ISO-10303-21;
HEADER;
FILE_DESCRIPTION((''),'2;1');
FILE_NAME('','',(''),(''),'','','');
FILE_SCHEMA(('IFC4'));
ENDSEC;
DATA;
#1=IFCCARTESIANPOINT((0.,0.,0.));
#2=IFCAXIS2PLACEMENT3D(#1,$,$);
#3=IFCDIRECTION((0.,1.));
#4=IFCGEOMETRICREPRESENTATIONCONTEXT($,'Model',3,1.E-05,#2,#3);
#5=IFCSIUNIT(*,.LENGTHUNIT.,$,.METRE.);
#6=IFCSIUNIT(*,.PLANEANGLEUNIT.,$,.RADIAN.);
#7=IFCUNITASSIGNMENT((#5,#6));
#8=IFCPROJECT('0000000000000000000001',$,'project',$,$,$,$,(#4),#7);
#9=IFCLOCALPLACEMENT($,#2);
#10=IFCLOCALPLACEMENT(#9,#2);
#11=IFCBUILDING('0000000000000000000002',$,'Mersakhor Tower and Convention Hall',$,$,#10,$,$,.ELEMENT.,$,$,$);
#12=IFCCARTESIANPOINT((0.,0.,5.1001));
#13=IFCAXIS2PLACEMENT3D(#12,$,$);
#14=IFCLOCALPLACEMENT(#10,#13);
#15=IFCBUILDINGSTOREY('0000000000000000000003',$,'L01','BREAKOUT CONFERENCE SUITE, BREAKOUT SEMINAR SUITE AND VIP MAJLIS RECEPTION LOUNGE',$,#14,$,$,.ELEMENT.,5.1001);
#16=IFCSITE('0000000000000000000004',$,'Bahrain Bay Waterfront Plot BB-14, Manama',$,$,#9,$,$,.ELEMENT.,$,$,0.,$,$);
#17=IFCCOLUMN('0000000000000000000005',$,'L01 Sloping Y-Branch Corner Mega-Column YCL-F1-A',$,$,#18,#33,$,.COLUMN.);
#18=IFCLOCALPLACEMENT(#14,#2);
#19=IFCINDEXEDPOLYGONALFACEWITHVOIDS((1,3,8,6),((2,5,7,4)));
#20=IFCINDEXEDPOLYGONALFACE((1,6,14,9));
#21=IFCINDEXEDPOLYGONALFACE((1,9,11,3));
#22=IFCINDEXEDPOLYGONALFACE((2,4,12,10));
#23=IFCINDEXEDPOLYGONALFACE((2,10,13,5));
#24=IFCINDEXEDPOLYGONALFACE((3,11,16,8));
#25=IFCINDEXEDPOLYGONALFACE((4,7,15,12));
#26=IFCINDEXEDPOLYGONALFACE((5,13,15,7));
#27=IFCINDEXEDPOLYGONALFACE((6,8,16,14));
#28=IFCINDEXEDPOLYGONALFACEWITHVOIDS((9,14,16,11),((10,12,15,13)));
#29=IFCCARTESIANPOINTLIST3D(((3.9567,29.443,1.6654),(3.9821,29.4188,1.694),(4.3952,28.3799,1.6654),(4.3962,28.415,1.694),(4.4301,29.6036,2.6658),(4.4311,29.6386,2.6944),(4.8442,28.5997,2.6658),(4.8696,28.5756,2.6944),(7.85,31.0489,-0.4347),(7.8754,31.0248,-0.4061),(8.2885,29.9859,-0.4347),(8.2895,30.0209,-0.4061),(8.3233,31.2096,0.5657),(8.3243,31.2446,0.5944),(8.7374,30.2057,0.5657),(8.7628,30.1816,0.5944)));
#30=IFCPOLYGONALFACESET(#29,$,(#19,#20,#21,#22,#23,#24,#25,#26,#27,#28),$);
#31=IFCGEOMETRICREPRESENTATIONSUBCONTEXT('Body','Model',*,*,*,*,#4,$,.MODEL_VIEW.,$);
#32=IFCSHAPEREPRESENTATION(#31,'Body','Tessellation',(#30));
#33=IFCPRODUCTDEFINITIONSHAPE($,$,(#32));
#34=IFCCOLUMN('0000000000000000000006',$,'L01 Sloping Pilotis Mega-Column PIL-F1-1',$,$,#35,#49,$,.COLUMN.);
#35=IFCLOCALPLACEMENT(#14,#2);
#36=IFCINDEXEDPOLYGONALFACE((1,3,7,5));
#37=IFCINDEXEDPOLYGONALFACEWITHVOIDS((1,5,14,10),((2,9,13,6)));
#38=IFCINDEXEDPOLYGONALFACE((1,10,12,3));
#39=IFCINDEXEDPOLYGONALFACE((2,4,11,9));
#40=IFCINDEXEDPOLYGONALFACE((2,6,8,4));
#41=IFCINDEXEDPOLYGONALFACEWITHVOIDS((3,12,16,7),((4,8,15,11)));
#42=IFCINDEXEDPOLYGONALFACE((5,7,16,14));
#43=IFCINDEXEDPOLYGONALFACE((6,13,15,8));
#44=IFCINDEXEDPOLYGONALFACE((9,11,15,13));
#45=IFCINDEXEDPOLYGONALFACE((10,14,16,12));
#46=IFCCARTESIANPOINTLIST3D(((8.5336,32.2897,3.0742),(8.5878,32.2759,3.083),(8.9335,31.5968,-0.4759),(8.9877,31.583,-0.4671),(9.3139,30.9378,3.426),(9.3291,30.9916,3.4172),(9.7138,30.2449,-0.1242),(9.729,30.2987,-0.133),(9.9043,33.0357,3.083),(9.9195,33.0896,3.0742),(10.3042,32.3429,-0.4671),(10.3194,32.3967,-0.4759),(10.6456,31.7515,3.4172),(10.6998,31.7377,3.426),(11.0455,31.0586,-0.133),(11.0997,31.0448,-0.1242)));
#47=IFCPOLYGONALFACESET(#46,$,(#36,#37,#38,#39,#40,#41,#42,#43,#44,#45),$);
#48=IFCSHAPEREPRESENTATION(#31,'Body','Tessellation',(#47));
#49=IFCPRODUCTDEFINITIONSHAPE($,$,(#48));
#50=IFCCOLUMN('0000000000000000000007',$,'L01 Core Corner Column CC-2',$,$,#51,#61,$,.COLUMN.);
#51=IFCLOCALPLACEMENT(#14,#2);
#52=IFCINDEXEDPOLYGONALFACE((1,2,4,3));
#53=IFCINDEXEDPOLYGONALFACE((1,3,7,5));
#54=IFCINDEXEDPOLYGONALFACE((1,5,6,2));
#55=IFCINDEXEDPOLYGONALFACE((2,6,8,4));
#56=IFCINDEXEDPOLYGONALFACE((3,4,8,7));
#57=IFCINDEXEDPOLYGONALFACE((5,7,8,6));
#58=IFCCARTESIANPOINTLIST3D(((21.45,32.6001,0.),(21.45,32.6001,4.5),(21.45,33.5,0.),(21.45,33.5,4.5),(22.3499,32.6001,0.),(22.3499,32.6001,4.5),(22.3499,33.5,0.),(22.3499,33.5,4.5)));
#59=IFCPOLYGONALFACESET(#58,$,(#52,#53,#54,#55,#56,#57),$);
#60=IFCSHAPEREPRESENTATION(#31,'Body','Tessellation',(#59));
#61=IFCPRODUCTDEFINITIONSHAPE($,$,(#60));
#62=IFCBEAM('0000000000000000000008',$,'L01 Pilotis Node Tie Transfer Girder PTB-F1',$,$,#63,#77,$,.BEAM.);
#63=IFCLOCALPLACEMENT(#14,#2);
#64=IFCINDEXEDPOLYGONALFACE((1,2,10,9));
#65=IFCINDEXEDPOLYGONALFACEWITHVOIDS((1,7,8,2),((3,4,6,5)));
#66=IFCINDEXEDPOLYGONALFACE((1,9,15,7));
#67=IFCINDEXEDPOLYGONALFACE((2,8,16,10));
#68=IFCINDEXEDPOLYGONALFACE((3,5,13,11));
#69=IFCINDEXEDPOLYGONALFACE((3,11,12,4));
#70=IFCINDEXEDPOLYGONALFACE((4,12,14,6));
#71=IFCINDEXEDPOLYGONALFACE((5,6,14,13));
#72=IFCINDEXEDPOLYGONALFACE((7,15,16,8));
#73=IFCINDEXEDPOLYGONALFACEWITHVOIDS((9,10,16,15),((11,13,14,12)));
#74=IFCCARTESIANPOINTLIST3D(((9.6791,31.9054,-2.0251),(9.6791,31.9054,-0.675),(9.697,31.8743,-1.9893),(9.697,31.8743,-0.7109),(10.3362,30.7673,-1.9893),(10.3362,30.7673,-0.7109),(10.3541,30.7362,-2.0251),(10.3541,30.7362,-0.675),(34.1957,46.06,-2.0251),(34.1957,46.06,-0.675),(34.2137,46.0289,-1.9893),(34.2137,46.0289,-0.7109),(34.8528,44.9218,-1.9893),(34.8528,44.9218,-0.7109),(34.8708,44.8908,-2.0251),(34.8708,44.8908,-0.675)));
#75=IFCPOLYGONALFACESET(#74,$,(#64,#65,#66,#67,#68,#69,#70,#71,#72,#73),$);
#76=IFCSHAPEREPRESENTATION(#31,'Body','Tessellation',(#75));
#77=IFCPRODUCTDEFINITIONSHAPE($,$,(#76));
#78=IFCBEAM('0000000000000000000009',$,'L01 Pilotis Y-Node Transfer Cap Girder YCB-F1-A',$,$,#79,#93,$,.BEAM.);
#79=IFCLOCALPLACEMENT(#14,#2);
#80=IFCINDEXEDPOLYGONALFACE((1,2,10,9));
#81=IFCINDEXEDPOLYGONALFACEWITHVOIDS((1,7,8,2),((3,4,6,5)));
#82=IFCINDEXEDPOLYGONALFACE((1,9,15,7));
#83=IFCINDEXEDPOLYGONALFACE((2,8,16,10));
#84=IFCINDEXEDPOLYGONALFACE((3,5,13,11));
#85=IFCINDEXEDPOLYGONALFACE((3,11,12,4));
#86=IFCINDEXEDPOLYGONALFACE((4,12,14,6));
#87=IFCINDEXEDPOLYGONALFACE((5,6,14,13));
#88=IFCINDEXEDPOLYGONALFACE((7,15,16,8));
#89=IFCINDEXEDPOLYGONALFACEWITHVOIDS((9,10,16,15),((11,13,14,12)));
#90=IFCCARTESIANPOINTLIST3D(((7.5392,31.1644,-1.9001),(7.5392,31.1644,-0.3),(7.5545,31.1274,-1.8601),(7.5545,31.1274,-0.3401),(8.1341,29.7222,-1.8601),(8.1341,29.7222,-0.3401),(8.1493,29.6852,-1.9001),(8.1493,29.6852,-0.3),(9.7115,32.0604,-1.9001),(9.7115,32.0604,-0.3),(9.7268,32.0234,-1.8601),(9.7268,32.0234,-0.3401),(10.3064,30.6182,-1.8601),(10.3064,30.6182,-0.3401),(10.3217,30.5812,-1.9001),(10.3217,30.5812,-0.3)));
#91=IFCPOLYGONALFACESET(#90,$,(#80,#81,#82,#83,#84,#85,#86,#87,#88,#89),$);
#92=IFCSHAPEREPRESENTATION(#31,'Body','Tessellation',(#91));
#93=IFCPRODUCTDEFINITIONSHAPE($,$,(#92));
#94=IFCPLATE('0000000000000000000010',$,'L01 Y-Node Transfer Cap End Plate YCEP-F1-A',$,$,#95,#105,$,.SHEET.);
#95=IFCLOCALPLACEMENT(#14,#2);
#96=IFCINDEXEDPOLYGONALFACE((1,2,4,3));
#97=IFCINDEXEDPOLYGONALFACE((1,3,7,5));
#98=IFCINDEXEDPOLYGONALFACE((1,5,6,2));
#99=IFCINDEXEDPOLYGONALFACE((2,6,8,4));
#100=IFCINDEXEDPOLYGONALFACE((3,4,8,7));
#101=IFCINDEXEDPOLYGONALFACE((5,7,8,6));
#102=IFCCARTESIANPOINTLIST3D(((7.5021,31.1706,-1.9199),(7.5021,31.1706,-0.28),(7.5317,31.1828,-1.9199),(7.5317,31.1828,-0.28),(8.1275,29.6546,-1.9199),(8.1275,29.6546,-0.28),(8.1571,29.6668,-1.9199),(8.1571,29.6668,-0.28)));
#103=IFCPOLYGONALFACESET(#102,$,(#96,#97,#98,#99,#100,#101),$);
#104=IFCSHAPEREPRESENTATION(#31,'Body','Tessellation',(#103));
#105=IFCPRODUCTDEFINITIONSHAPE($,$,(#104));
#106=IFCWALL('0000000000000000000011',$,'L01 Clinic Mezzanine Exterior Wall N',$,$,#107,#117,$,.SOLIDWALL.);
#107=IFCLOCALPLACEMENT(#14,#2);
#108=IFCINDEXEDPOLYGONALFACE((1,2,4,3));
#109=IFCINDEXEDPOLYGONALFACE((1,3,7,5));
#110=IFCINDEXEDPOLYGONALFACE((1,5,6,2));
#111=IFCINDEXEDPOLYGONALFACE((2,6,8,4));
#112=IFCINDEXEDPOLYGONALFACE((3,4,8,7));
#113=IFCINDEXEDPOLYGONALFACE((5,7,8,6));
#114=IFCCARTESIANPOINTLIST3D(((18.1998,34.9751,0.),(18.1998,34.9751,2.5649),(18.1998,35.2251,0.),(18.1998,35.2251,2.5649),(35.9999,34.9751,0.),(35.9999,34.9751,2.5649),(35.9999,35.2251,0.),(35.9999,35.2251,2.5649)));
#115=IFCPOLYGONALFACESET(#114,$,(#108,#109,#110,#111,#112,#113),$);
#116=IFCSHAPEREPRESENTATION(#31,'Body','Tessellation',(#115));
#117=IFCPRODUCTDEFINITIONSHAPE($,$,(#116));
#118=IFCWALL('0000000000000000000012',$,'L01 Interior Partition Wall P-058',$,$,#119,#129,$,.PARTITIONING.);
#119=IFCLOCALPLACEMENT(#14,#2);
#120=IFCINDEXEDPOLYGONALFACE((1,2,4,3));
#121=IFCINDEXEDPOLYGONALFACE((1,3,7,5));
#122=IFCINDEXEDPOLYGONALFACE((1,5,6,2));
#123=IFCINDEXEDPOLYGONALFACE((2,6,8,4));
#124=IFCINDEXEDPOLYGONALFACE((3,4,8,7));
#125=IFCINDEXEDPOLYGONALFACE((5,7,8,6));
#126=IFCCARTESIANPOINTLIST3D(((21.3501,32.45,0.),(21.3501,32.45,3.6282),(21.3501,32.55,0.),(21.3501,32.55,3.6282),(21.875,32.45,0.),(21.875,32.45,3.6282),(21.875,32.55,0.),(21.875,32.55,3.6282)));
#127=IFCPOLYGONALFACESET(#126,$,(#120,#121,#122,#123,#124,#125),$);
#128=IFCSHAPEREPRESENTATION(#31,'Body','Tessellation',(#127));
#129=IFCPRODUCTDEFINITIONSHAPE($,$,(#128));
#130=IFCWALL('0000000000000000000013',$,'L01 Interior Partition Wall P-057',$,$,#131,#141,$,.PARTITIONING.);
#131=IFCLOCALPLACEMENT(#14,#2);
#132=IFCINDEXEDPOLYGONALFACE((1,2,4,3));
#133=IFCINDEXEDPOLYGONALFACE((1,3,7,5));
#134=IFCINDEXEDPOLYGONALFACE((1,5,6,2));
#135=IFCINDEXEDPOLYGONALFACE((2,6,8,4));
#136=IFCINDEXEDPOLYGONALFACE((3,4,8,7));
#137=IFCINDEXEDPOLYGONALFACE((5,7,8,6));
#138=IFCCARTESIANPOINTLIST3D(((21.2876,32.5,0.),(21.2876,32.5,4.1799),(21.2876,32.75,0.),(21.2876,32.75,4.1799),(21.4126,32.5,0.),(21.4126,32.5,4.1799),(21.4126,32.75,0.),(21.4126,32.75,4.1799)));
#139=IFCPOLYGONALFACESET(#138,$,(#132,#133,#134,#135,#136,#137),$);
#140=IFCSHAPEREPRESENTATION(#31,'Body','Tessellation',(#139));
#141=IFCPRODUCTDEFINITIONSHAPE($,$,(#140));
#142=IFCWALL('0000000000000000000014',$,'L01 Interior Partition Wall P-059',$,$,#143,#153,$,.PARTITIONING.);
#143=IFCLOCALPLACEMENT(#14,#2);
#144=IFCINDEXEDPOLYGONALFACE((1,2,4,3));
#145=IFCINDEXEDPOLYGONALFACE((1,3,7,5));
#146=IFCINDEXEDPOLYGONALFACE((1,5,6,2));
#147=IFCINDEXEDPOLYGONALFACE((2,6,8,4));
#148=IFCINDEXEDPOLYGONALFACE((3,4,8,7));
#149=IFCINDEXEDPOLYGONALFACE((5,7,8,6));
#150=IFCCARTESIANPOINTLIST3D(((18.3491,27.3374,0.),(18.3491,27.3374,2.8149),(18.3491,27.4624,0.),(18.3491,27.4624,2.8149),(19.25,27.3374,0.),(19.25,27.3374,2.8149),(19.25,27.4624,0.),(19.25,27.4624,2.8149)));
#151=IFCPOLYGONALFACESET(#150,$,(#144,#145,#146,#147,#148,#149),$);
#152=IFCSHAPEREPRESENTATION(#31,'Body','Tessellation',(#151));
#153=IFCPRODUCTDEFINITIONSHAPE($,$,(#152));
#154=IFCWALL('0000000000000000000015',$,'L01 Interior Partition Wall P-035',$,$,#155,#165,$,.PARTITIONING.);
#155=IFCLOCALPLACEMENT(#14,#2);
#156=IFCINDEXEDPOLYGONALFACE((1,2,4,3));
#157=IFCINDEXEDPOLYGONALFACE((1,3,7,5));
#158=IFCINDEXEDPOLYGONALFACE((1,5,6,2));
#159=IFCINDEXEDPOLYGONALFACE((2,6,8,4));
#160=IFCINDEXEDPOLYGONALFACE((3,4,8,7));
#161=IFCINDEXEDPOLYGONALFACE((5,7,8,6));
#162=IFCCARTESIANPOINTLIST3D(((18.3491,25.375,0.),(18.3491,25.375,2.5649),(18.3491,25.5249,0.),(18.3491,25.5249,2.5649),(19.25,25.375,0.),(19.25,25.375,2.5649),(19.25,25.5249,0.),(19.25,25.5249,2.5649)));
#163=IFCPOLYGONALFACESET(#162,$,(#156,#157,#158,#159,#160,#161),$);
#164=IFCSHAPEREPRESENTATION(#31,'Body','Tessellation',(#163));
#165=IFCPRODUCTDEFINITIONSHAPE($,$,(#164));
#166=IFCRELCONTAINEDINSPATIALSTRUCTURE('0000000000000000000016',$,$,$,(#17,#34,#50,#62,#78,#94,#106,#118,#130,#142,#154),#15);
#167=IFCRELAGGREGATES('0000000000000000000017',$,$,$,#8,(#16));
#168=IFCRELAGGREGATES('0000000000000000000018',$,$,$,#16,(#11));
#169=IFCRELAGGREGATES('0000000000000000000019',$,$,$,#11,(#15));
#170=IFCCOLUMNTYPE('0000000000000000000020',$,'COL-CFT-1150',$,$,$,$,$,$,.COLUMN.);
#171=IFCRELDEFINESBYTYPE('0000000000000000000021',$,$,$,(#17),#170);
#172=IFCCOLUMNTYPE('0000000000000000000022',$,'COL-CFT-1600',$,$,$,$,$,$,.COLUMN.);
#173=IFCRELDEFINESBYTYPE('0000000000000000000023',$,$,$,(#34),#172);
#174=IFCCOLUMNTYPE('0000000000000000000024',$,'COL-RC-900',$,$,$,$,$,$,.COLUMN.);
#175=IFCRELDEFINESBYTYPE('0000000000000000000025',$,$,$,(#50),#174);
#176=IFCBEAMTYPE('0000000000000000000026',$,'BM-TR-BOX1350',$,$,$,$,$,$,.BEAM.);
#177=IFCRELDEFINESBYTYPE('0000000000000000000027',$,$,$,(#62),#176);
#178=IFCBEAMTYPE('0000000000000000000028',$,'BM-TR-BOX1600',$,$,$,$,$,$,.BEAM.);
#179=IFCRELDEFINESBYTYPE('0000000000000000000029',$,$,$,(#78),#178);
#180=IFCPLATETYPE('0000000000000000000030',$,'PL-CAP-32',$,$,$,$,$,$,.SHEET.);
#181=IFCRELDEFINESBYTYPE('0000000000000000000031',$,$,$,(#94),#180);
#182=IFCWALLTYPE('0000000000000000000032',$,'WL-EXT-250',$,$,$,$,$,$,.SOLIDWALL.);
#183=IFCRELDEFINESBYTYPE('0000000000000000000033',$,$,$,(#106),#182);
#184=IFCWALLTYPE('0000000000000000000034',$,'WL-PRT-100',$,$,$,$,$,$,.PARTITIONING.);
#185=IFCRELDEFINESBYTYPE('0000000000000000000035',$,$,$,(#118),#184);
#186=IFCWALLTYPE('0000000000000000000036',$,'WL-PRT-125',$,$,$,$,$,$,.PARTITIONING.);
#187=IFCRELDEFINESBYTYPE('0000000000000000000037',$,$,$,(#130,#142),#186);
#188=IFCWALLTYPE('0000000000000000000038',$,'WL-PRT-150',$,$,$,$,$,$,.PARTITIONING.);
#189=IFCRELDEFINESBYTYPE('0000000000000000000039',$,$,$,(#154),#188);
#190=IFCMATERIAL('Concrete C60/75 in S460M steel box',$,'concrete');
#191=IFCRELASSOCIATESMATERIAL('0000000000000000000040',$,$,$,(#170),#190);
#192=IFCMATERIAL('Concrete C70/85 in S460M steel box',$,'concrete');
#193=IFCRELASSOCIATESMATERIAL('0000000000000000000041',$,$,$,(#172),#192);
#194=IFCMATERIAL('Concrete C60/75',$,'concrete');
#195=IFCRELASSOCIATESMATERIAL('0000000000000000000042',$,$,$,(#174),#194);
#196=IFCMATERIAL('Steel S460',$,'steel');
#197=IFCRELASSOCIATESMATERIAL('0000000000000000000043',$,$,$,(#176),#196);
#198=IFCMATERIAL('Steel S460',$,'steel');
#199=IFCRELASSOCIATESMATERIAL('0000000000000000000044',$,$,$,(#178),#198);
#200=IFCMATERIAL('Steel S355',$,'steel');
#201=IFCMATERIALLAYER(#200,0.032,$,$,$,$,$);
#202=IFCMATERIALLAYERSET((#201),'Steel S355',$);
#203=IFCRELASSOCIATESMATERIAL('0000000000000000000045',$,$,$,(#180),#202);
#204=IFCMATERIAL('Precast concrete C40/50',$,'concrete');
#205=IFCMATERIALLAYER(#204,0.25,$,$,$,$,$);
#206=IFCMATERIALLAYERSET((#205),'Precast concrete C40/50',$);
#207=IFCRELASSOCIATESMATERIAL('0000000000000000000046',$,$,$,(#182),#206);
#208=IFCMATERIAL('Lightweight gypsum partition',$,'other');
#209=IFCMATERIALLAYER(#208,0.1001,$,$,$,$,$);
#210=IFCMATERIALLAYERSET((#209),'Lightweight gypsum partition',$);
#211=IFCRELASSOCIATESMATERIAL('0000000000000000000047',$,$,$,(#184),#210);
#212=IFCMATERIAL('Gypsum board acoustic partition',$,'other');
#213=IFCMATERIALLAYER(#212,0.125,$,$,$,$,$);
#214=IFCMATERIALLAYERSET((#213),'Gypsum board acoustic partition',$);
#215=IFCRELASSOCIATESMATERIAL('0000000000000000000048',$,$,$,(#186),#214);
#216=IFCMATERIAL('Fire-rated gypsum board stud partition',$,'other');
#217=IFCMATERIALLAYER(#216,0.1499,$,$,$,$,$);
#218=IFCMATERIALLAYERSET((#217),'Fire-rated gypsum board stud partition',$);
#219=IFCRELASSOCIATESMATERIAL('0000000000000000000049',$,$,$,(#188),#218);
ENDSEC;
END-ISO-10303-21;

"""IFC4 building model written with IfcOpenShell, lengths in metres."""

from ifc_helpers import new_model, si_unit, direction, frame, frame_2d, origin, origin_2d, place, context, subcontext, project, spatial, rectangle, hollow_rectangle, extrude, material, layer, layer_set, material_profile, profile_set, type_object, element, save


model = new_model("IFC4")

# Units and contexts
model_context = context("Model", 3, precision=1e-05, world=origin(), true_north=direction((0.0, 1.0)))
body_context = subcontext(model_context, "Body", "Model", "MODEL_VIEW")
ifc_project = project(units=[si_unit("LENGTHUNIT", "METRE"), si_unit("PLANEANGLEUNIT", "RADIAN")], contexts=[model_context])

# Site, building, storey
site_placement = place(None, origin())
site = spatial("IfcSite", under=ifc_project, at=site_placement, Name="Bahrain Bay Waterfront Plot BB-14, Manama", CompositionType="ELEMENT", RefElevation=0.0)
building_placement = place(site_placement, origin())
building = spatial("IfcBuilding", under=site, at=building_placement, Name="Mersakhor Tower and Convention Hall", CompositionType="ELEMENT")
storey_placement = place(building_placement, frame((0.0, 0.0, 5.1001)))
storey = spatial("IfcBuildingStorey", under=building, at=storey_placement, Name="L01", Description="BREAKOUT CONFERENCE SUITE, BREAKOUT SEMINAR SUITE AND VIP MAJLIS RECEPTION LOUNGE", CompositionType="ELEMENT", Elevation=5.1001)

# Columns
ifc_material_1 = material(Name="Concrete C60/75 in S460M steel box", Category="concrete")
ifc_material_profile_1 = material_profile(ifc_material_1, hollow_rectangle(XDim=1.1499, YDim=1.1499, WallThickness=0.032, at=origin_2d()), Name="SHS 1150x1150x32")
ifc_profile_set_1 = profile_set([ifc_material_profile_1], Name="Concrete C60/75 in S460M steel box")
column_type_1 = type_object("IfcColumnType", Name="COL-CFT-1150", PredefinedType="COLUMN", material=ifc_profile_set_1)
column_1_placement = place(storey_placement, frame((8.3064, 30.6152, 0.0798), z_axis=(-0.82729, -0.34125, 0.44625), x_axis=(0.381324, -0.924441, 0.0)))
element("IfcColumn", 1, at=column_1_placement, inside=storey, type_object=column_type_1, Name="L01 Sloping Y-Branch Corner Mega-Column YCL-F1-A", PredefinedType="COLUMN", context=body_context, shape_type="SweptSolid", body=[
    extrude(hollow_rectangle(XDim=1.1499, YDim=1.1499, WallThickness=0.032, at=origin_2d()), origin(), (0.0, 0.0, 1.0), 4.7061),
])
ifc_material_2 = material(Name="Concrete C70/85 in S460M steel box", Category="concrete")
ifc_material_profile_2 = material_profile(ifc_material_2, hollow_rectangle(XDim=1.6001, YDim=1.6001, WallThickness=0.04, at=origin_2d()), Name="SHS 1600x1600x40")
ifc_profile_set_2 = profile_set([ifc_material_profile_2], Name="Concrete C70/85 in S460M steel box")
column_type_2 = type_object("IfcColumnType", Name="COL-CFT-1600", PredefinedType="COLUMN", material=ifc_profile_set_2)
column_2_placement = place(storey_placement, frame((10.0166, 31.3208, -0.3), z_axis=(-0.109891, 0.190398, 0.975537), x_axis=(-0.866094, -0.499881, 0.0)))
element("IfcColumn", 2, at=column_2_placement, inside=storey, type_object=column_type_2, Name="L01 Sloping Pilotis Mega-Column PIL-F1-1", PredefinedType="COLUMN", context=body_context, shape_type="SweptSolid", body=[
    extrude(hollow_rectangle(XDim=1.6001, YDim=1.6001, WallThickness=0.04, at=origin_2d()), origin(), (0.0, 0.0, 1.0), 3.6392),
])
ifc_material_3 = material(Name="Concrete C60/75", Category="concrete")
ifc_material_profile_3 = material_profile(ifc_material_3, rectangle(XDim=0.8999, YDim=0.8999, at=origin_2d()), Name="RC 900x900")
ifc_profile_set_3 = profile_set([ifc_material_profile_3], Name="Concrete C60/75")
column_type_3 = type_object("IfcColumnType", Name="COL-RC-900", PredefinedType="COLUMN", material=ifc_profile_set_3)
column_3_placement = place(storey_placement, frame((21.8999, 33.05, 0.0), z_axis=(0.0, 0.0, 1.0), x_axis=(1.0, 0.0, 0.0)))
element("IfcColumn", 3, at=column_3_placement, inside=storey, type_object=column_type_3, Name="L01 Core Corner Column CC-2", PredefinedType="COLUMN", context=body_context, shape_type="SweptSolid", body=[
    extrude(rectangle(XDim=0.8999, YDim=0.8999, at=origin_2d()), origin(), (0.0, 0.0, 1.0), 4.5),
])

# Beams
ifc_material_4 = material(Name="Steel S460", Category="steel")
ifc_material_profile_4 = material_profile(ifc_material_4, hollow_rectangle(XDim=1.3501, YDim=1.3501, WallThickness=0.0359, at=origin_2d()), Name="SHS 1350x1350x36")
ifc_profile_set_4 = profile_set([ifc_material_profile_4], Name="Steel S460")
beam_type_1 = type_object("IfcBeamType", Name="BM-TR-BOX1350", PredefinedType="BEAM", material=ifc_profile_set_4)
beam_1_placement = place(storey_placement, frame((10.0166, 31.3208, -1.3501), z_axis=(0.866027, 0.499997, 0.0), x_axis=(-0.499997, 0.866027, 0.0)))
element("IfcBeam", 4, at=beam_1_placement, inside=storey, type_object=beam_type_1, Name="L01 Pilotis Node Tie Transfer Girder PTB-F1", PredefinedType="BEAM", context=body_context, shape_type="SweptSolid", body=[
    extrude(hollow_rectangle(XDim=1.3501, YDim=1.3501, WallThickness=0.0359, at=origin_2d()), origin(), (0.0, 0.0, 1.0), 28.3093),
])
ifc_material_5 = material(Name="Steel S460", Category="steel")
ifc_material_profile_5 = material_profile(ifc_material_5, hollow_rectangle(XDim=1.6001, YDim=1.6001, WallThickness=0.04, at=origin_2d()), Name="SHS 1600x1600x40")
ifc_profile_set_5 = profile_set([ifc_material_profile_5], Name="Steel S460")
beam_type_2 = type_object("IfcBeamType", Name="BM-TR-BOX1600", PredefinedType="BEAM", material=ifc_profile_set_5)
beam_2_placement = place(storey_placement, frame((10.0166, 31.3208, -1.1001), z_axis=(-0.924454, -0.381293, 0.0), x_axis=(0.381293, -0.924454, 0.0)))
element("IfcBeam", 5, at=beam_2_placement, inside=storey, type_object=beam_type_2, Name="L01 Pilotis Y-Node Transfer Cap Girder YCB-F1-A", PredefinedType="BEAM", context=body_context, shape_type="SweptSolid", body=[
    extrude(hollow_rectangle(XDim=1.6001, YDim=1.6001, WallThickness=0.04, at=origin_2d()), origin(), (0.0, 0.0, 1.0), 2.3499),
])

# Plate
ifc_material_6 = material(Name="Steel S355", Category="steel")
ifc_layer_1 = layer(ifc_material_6, 0.032)
ifc_layer_set_1 = layer_set([ifc_layer_1], Name="Steel S355")
plate_type = type_object("IfcPlateType", Name="PL-CAP-32", PredefinedType="SHEET", material=ifc_layer_set_1)
plate_placement = place(storey_placement, frame((7.8296, 30.4187, -1.9199), z_axis=(0.0, 0.0, 1.0), x_axis=(-0.924413, -0.381393, 0.0)))
element("IfcPlate", 6, at=plate_placement, inside=storey, type_object=plate_type, Name="L01 Y-Node Transfer Cap End Plate YCEP-F1-A", PredefinedType="SHEET", context=body_context, shape_type="SweptSolid", body=[
    extrude(rectangle(XDim=0.032, YDim=1.6399, at=origin_2d()), origin(), (0.0, 0.0, 1.0), 1.6399),
])

# Walls
ifc_material_7 = material(Name="Precast concrete C40/50", Category="concrete")
ifc_layer_2 = layer(ifc_material_7, 0.25)
ifc_layer_set_2 = layer_set([ifc_layer_2], Name="Precast concrete C40/50")
wall_type_1 = type_object("IfcWallType", Name="WL-EXT-250", PredefinedType="SOLIDWALL", material=ifc_layer_set_2)
wall_1_placement = place(storey_placement, frame((18.2, 35.1001, 0.0), z_axis=(0.0, 0.0, 1.0), x_axis=(1.0, 0.0, 0.0)))
element("IfcWall", 7, at=wall_1_placement, inside=storey, type_object=wall_type_1, Name="L01 Clinic Mezzanine Exterior Wall N", PredefinedType="SOLIDWALL", context=body_context, shape_type="SweptSolid", body=[
    extrude(rectangle(XDim=17.8, YDim=0.25, at=frame_2d((8.8999, 0.0))), origin(), (0.0, 0.0, 1.0), 2.5649),
])
ifc_material_8 = material(Name="Lightweight gypsum partition", Category="other")
ifc_layer_3 = layer(ifc_material_8, 0.1001)
ifc_layer_set_3 = layer_set([ifc_layer_3], Name="Lightweight gypsum partition")
wall_type_2 = type_object("IfcWallType", Name="WL-PRT-100", PredefinedType="PARTITIONING", material=ifc_layer_set_3)
wall_2_placement = place(storey_placement, frame((21.3501, 32.5, 0.0), z_axis=(0.0, 0.0, 1.0), x_axis=(1.0, 0.0, 0.0)))
element("IfcWall", 8, at=wall_2_placement, inside=storey, type_object=wall_type_2, Name="L01 Interior Partition Wall P-058", PredefinedType="PARTITIONING", context=body_context, shape_type="SweptSolid", body=[
    extrude(rectangle(XDim=0.5249, YDim=0.1001, at=frame_2d((0.2625, 0.0))), origin(), (0.0, 0.0, 1.0), 3.6282),
])
ifc_material_9 = material(Name="Gypsum board acoustic partition", Category="other")
ifc_layer_4 = layer(ifc_material_9, 0.125)
ifc_layer_set_4 = layer_set([ifc_layer_4], Name="Gypsum board acoustic partition")
wall_type_3 = type_object("IfcWallType", Name="WL-PRT-125", PredefinedType="PARTITIONING", material=ifc_layer_set_4)
wall_3_placement = place(storey_placement, frame((21.3501, 32.75, 0.0), z_axis=(0.0, 0.0, 1.0), x_axis=(0.0, -1.0, 0.0)))
element("IfcWall", 9, at=wall_3_placement, inside=storey, type_object=wall_type_3, Name="L01 Interior Partition Wall P-057", PredefinedType="PARTITIONING", context=body_context, shape_type="SweptSolid", body=[
    extrude(rectangle(XDim=0.25, YDim=0.125, at=frame_2d((0.125, 0.0))), origin(), (0.0, 0.0, 1.0), 4.1799),
])
wall_4_placement = place(storey_placement, frame((19.25, 27.3999, 0.0), z_axis=(0.0, 0.0, 1.0), x_axis=(-1.0, 0.0, 0.0)))
element("IfcWall", 10, at=wall_4_placement, inside=storey, type_object=wall_type_3, Name="L01 Interior Partition Wall P-059", PredefinedType="PARTITIONING", context=body_context, shape_type="SweptSolid", body=[
    extrude(rectangle(XDim=0.9009, YDim=0.125, at=frame_2d((0.4504, 0.0))), origin(), (0.0, 0.0, 1.0), 2.8149),
])
ifc_material_10 = material(Name="Fire-rated gypsum board stud partition", Category="other")
ifc_layer_5 = layer(ifc_material_10, 0.1499)
ifc_layer_set_5 = layer_set([ifc_layer_5], Name="Fire-rated gypsum board stud partition")
wall_type_4 = type_object("IfcWallType", Name="WL-PRT-150", PredefinedType="PARTITIONING", material=ifc_layer_set_5)
wall_5_placement = place(storey_placement, frame((18.3491, 25.45, 0.0), z_axis=(0.0, 0.0, 1.0), x_axis=(1.0, 0.0, 0.0)))
element("IfcWall", 11, at=wall_5_placement, inside=storey, type_object=wall_type_4, Name="L01 Interior Partition Wall P-035", PredefinedType="PARTITIONING", context=body_context, shape_type="SweptSolid", body=[
    extrude(rectangle(XDim=0.9009, YDim=0.1499, at=frame_2d((0.4504, 0.0))), origin(), (0.0, 0.0, 1.0), 2.5649),
])

save(model, "model.ifc")
